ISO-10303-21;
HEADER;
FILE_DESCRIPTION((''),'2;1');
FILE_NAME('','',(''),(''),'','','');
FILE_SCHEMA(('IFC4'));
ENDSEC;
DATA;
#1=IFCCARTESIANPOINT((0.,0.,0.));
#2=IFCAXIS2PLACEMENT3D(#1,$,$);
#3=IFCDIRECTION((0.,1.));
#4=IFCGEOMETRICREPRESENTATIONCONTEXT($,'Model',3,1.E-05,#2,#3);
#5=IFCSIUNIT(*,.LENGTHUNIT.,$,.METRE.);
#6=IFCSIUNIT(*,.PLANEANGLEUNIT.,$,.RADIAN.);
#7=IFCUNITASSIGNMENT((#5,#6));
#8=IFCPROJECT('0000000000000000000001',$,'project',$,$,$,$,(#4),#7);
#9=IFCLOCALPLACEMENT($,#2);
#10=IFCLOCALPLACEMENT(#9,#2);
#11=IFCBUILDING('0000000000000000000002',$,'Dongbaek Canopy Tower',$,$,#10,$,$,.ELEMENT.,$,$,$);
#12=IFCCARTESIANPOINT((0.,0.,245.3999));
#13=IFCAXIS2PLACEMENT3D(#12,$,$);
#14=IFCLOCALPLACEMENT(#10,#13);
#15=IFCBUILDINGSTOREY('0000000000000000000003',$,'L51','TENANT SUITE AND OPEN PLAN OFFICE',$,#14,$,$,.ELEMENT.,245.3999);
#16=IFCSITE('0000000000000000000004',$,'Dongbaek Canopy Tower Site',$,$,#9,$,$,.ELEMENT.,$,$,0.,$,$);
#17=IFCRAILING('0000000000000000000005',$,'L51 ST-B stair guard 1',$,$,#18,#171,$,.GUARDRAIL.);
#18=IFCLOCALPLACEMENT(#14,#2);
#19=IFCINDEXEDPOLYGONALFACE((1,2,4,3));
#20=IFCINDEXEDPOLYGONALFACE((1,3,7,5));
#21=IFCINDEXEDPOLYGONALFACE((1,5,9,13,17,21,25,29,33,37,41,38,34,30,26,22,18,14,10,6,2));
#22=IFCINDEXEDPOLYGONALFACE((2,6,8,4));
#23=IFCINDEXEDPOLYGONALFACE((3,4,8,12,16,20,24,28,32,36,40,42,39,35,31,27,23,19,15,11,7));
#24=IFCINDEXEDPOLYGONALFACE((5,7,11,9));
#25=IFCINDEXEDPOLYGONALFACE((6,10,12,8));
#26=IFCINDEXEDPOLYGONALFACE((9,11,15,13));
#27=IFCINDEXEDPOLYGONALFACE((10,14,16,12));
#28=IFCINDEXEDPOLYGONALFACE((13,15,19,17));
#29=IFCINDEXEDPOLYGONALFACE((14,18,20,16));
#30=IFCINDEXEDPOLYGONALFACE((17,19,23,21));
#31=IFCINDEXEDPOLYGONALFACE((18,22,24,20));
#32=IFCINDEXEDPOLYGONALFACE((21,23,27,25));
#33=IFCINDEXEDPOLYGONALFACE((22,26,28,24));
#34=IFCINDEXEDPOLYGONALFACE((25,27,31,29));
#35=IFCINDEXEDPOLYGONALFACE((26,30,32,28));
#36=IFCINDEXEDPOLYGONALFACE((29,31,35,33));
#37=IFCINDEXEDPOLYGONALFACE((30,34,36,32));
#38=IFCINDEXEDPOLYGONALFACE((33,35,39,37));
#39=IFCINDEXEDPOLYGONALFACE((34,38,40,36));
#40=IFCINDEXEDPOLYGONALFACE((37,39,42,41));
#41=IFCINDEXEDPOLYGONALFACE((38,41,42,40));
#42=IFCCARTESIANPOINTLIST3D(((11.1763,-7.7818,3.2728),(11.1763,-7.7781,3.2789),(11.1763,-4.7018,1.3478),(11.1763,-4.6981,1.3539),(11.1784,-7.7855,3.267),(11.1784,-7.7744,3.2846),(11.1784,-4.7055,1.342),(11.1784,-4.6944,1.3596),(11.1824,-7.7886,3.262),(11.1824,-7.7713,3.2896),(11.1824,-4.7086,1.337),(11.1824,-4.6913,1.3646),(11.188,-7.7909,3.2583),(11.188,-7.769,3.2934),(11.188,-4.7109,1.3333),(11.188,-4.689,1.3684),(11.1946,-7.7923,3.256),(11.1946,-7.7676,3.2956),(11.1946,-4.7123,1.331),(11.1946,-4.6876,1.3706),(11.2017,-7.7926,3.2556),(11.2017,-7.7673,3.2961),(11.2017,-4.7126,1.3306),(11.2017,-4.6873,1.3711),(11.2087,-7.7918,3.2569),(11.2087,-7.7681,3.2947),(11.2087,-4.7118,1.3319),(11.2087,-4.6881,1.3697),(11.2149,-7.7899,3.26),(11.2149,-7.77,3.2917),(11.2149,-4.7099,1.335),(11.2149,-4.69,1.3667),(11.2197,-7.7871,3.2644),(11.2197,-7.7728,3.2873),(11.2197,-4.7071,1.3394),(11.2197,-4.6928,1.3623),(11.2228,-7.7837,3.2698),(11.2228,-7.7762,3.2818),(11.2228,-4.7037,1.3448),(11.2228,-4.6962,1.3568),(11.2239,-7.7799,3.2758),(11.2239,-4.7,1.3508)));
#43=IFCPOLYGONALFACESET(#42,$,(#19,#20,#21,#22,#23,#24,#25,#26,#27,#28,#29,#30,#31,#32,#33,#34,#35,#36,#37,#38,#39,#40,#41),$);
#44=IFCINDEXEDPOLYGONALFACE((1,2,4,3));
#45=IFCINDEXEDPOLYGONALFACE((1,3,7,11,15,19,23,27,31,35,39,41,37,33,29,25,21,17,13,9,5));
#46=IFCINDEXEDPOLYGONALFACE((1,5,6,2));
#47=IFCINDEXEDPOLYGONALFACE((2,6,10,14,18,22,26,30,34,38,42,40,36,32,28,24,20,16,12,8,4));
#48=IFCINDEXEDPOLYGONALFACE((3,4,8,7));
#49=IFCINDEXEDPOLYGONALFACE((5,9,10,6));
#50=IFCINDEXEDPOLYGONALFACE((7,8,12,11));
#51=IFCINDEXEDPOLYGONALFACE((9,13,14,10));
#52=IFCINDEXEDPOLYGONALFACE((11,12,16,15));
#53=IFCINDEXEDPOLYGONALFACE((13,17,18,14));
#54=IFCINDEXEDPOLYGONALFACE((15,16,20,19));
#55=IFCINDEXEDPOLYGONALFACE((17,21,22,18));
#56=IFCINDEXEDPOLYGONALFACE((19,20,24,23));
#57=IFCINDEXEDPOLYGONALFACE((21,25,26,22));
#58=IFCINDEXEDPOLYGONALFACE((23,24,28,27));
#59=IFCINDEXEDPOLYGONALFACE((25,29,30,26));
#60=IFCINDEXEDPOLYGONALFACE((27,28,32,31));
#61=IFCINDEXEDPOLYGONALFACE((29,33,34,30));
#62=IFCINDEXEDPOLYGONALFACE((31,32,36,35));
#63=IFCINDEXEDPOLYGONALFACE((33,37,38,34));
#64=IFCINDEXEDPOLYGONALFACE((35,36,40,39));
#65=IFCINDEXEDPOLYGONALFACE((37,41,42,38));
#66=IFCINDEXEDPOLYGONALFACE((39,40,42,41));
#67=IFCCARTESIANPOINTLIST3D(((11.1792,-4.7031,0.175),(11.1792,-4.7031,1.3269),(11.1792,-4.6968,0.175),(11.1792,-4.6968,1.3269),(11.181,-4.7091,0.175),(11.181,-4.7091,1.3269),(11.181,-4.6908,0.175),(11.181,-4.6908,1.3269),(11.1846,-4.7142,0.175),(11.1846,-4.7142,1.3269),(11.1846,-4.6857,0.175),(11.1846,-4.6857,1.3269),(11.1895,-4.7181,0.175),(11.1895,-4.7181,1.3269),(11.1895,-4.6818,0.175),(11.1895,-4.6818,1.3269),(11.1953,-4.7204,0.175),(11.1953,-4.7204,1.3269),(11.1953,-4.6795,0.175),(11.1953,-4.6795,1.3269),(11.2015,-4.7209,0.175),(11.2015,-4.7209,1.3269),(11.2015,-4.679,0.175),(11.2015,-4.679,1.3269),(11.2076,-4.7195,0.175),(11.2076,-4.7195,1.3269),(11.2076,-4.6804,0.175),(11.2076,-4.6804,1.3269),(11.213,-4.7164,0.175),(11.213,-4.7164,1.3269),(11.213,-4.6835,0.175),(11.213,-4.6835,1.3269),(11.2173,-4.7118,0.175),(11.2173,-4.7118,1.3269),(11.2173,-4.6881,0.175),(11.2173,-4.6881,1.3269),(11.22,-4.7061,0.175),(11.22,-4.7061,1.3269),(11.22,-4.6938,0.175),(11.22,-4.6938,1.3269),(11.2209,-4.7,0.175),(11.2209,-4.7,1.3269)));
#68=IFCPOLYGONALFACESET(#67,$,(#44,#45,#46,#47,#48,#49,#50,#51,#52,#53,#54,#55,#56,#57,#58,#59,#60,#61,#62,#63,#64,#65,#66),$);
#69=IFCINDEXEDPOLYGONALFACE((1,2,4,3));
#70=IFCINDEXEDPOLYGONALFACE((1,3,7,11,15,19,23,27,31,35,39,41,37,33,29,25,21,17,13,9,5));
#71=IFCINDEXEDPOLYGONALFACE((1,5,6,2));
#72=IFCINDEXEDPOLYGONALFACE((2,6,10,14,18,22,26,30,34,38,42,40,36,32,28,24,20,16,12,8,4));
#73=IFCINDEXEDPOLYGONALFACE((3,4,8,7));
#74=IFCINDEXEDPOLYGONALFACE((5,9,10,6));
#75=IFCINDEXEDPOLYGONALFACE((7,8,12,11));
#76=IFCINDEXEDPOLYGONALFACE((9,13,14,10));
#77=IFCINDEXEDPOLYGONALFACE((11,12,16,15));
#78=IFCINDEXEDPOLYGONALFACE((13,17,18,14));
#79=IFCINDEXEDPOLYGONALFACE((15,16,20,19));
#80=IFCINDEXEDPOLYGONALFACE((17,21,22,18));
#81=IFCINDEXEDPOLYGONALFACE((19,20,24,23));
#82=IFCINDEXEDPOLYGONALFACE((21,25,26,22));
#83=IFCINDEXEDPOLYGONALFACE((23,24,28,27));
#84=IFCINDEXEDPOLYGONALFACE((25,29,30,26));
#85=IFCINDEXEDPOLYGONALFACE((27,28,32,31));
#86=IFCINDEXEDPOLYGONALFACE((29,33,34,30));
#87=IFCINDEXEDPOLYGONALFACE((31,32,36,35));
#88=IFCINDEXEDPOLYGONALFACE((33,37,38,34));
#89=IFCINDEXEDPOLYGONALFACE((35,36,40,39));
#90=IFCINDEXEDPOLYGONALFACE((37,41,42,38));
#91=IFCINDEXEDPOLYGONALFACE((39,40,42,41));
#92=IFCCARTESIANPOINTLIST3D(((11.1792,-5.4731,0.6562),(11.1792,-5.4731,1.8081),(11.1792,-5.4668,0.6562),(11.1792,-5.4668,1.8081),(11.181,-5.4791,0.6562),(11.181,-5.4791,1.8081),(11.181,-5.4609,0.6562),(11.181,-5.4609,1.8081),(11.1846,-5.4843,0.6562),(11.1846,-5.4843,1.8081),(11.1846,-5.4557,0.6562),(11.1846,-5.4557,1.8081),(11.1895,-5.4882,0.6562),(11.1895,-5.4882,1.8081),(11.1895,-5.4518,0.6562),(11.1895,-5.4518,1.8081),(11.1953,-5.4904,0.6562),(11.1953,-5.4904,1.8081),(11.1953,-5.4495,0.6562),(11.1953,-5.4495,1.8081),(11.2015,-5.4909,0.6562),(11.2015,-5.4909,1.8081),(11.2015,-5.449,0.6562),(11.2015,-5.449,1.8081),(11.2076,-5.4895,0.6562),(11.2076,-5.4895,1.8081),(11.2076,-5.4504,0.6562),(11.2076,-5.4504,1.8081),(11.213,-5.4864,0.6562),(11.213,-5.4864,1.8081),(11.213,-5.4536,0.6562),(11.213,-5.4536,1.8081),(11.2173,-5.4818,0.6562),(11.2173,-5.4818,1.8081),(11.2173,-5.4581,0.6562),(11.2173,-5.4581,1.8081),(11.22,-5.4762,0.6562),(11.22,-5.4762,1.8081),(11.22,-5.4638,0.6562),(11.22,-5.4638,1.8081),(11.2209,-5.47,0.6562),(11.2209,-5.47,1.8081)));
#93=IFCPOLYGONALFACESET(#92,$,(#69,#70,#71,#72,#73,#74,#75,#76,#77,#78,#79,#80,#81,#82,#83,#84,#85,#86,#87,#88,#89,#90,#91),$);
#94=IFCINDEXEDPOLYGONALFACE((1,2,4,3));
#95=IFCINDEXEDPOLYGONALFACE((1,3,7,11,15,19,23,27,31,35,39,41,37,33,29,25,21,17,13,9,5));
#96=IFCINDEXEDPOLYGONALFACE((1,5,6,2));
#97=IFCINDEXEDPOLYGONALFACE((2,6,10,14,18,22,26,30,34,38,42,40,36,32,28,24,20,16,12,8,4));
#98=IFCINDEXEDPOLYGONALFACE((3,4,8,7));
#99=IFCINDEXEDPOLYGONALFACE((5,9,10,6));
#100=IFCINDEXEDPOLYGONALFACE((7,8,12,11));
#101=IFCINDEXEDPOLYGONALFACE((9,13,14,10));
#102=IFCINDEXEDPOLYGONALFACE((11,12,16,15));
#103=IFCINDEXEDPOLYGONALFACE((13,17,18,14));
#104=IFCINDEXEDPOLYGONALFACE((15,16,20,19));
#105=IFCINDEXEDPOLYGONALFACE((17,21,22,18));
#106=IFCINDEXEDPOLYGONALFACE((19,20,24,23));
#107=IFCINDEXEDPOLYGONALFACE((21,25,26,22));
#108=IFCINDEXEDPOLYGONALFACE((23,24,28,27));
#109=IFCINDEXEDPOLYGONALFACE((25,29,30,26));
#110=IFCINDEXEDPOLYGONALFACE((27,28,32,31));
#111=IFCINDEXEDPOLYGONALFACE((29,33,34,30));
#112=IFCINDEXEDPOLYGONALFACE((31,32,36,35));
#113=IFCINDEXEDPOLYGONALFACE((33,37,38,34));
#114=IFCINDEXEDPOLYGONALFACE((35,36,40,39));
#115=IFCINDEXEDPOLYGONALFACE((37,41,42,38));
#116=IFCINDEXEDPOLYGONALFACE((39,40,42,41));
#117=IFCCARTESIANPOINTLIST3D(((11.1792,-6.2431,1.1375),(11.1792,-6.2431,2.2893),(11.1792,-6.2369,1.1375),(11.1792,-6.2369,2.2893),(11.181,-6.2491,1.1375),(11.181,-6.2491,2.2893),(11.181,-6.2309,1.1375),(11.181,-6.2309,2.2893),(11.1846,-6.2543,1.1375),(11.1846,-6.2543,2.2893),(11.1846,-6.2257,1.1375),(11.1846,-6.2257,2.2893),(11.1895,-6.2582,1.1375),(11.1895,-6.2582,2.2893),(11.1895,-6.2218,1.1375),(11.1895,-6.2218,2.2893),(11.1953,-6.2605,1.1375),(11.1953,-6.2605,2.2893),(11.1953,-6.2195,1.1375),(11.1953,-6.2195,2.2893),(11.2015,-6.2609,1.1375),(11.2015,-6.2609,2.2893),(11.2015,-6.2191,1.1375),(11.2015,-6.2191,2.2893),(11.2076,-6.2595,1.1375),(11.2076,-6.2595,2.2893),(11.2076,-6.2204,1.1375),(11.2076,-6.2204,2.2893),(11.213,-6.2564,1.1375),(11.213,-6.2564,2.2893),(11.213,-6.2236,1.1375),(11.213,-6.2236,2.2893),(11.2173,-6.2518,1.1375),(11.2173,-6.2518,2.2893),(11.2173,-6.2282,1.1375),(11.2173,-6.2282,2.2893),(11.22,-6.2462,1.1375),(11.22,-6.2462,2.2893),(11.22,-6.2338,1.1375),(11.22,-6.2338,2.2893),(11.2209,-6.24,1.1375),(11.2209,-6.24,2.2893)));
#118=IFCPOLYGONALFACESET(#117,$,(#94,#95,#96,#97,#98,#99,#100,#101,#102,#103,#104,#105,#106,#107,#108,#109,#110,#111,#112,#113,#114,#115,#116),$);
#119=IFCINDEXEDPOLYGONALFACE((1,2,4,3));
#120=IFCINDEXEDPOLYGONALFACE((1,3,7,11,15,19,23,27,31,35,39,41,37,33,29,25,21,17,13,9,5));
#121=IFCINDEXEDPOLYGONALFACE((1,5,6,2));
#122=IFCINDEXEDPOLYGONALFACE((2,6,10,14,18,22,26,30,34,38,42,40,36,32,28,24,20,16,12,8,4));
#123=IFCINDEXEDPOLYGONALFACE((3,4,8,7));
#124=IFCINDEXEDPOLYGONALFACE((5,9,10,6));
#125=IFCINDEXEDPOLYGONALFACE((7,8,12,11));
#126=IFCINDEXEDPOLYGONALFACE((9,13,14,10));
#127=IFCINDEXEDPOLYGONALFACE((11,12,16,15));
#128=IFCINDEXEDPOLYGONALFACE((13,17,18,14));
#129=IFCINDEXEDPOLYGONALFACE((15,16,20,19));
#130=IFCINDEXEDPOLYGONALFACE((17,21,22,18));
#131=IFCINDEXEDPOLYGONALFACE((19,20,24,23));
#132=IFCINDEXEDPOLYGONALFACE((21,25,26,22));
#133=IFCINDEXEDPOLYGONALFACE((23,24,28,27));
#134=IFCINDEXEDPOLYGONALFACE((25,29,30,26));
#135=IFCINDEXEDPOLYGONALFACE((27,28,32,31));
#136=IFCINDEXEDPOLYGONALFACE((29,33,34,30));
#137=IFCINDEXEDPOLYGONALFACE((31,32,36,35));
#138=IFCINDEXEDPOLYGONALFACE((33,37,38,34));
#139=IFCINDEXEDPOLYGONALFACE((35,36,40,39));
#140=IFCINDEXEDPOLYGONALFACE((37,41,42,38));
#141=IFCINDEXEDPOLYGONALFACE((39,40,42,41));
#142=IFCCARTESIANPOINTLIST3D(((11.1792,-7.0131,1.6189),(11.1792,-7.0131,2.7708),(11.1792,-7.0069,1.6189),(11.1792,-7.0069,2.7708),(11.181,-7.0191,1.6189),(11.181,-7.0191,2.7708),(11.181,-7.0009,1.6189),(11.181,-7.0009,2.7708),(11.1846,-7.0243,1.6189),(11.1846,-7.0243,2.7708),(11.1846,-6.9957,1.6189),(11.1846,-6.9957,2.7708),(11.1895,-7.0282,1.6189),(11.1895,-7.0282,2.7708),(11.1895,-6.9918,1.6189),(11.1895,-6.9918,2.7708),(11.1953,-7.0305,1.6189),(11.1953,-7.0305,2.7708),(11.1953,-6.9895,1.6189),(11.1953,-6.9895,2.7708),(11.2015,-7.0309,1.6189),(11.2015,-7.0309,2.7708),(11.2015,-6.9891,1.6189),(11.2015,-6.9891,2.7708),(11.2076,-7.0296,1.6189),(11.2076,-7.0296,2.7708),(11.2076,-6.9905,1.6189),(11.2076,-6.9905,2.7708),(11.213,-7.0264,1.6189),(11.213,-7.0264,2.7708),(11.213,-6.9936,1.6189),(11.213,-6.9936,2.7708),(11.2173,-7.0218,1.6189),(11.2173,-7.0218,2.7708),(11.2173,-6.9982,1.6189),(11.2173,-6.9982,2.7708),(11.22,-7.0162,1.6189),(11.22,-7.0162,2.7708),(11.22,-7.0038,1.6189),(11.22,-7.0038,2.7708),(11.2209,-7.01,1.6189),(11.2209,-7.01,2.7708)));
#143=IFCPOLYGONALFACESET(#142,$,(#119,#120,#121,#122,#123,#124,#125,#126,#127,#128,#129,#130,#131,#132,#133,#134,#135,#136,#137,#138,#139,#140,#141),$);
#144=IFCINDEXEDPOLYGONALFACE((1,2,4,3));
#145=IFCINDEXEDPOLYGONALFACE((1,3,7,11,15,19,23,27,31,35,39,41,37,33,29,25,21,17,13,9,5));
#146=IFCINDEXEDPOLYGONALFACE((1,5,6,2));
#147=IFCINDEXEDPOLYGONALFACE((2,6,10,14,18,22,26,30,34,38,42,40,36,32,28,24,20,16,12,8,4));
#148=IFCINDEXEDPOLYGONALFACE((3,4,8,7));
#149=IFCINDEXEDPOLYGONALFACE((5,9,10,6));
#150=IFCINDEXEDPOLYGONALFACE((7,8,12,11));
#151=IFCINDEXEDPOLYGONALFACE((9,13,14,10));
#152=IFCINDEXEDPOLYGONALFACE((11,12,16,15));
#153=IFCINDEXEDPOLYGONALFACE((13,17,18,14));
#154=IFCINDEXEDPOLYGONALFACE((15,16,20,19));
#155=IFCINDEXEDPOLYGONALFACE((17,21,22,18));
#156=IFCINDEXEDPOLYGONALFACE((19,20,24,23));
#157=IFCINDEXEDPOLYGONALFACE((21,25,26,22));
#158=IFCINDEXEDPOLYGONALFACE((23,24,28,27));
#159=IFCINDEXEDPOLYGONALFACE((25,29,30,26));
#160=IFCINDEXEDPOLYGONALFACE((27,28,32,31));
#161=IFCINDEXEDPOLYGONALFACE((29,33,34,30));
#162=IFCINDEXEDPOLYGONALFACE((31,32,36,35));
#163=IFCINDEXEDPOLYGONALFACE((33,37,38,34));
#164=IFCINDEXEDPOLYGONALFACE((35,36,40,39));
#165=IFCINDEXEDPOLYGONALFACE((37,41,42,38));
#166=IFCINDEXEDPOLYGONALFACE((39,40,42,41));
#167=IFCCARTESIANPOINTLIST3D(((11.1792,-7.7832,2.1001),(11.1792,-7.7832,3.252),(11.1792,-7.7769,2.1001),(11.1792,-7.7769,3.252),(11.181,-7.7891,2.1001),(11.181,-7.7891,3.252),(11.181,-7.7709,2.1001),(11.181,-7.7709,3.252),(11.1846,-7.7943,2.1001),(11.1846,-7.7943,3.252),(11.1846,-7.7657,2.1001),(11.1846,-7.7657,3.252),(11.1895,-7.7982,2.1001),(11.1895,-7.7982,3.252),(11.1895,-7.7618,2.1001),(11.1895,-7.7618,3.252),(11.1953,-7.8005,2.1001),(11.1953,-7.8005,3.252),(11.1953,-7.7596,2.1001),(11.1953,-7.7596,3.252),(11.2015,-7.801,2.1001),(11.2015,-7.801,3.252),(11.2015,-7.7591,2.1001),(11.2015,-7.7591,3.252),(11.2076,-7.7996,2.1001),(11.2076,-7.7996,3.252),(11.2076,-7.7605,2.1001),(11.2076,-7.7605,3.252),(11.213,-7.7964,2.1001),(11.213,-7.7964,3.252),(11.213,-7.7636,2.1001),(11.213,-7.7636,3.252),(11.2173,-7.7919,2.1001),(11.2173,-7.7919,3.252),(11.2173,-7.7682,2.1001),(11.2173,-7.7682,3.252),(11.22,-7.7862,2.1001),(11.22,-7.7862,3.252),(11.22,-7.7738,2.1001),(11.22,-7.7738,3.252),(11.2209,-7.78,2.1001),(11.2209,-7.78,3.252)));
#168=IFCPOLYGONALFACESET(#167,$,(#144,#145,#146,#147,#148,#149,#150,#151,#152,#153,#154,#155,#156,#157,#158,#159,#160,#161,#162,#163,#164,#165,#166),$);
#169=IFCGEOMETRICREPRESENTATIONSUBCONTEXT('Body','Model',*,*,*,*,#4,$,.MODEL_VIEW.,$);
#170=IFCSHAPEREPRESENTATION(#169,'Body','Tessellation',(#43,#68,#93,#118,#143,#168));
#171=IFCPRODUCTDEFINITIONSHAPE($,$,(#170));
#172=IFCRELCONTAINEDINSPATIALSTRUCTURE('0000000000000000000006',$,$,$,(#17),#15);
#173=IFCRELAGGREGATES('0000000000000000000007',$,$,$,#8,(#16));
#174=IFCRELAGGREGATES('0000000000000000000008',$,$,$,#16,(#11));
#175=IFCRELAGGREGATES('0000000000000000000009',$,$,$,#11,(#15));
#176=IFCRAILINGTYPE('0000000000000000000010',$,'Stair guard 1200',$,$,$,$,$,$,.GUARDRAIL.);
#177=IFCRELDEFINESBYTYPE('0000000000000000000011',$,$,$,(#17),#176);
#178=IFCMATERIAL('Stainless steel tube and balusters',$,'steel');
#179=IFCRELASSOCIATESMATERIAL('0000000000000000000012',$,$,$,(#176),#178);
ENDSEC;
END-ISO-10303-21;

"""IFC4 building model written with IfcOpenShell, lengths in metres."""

from ifc_helpers import new_model, si_unit, direction, frame, origin, origin_2d, place, context, subcontext, project, spatial, circle, extrude, material, type_object, element, save


model = new_model("IFC4")

# Units and contexts
model_context = context("Model", 3, precision=1e-05, world=origin(), true_north=direction((0.0, 1.0)))
body_context = subcontext(model_context, "Body", "Model", "MODEL_VIEW")
ifc_project = project(units=[si_unit("LENGTHUNIT", "METRE"), si_unit("PLANEANGLEUNIT", "RADIAN")], contexts=[model_context])

# Site, building, storey
site_placement = place(None, origin())
site = spatial("IfcSite", under=ifc_project, at=site_placement, Name="Dongbaek Canopy Tower Site", CompositionType="ELEMENT", RefElevation=0.0)
building_placement = place(site_placement, origin())
building = spatial("IfcBuilding", under=site, at=building_placement, Name="Dongbaek Canopy Tower", CompositionType="ELEMENT")
storey_placement = place(building_placement, frame((0.0, 0.0, 245.3999)))
storey = spatial("IfcBuildingStorey", under=building, at=storey_placement, Name="L51", Description="TENANT SUITE AND OPEN PLAN OFFICE", CompositionType="ELEMENT", Elevation=245.3999)

# Railing
ifc_material_1 = material(Name="Stainless steel tube and balusters", Category="steel")
railing_type_1 = type_object("IfcRailingType", Name="Stair guard 1200", PredefinedType="GUARDRAIL", material=ifc_material_1)
railing_1_placement = place(storey_placement, frame((11.2, -4.7, 0.175)))
element("IfcRailing", 1, at=railing_1_placement, inside=storey, type_object=railing_type_1, Name="L51 ST-B stair guard 1", PredefinedType="GUARDRAIL", context=body_context, shape_type="SweptSolid", body=[
    extrude(circle(Radius=0.0239, at=origin_2d()), frame((0.0, 0.0, 1.1758), z_axis=(0.0, -0.847998, 0.529999), x_axis=(1.0, 0.0, 0.0)), (0.0, 0.0, 1.0), 3.6321),
    extrude(circle(Radius=0.021, at=origin_2d()), origin(), (0.0, 0.0, 1.0), 1.1519),
    extrude(circle(Radius=0.021, at=origin_2d()), frame((0.0, -0.77, 0.4812)), (0.0, 0.0, 1.0), 1.1519),
    extrude(circle(Radius=0.021, at=origin_2d()), frame((0.0, -1.54, 0.9624)), (0.0, 0.0, 1.0), 1.1519),
    extrude(circle(Radius=0.021, at=origin_2d()), frame((0.0, -2.3101, 1.4438)), (0.0, 0.0, 1.0), 1.1519),
    extrude(circle(Radius=0.021, at=origin_2d()), frame((0.0, -3.0801, 1.925)), (0.0, 0.0, 1.0), 1.1519),
])

save(model, "model.ifc")
